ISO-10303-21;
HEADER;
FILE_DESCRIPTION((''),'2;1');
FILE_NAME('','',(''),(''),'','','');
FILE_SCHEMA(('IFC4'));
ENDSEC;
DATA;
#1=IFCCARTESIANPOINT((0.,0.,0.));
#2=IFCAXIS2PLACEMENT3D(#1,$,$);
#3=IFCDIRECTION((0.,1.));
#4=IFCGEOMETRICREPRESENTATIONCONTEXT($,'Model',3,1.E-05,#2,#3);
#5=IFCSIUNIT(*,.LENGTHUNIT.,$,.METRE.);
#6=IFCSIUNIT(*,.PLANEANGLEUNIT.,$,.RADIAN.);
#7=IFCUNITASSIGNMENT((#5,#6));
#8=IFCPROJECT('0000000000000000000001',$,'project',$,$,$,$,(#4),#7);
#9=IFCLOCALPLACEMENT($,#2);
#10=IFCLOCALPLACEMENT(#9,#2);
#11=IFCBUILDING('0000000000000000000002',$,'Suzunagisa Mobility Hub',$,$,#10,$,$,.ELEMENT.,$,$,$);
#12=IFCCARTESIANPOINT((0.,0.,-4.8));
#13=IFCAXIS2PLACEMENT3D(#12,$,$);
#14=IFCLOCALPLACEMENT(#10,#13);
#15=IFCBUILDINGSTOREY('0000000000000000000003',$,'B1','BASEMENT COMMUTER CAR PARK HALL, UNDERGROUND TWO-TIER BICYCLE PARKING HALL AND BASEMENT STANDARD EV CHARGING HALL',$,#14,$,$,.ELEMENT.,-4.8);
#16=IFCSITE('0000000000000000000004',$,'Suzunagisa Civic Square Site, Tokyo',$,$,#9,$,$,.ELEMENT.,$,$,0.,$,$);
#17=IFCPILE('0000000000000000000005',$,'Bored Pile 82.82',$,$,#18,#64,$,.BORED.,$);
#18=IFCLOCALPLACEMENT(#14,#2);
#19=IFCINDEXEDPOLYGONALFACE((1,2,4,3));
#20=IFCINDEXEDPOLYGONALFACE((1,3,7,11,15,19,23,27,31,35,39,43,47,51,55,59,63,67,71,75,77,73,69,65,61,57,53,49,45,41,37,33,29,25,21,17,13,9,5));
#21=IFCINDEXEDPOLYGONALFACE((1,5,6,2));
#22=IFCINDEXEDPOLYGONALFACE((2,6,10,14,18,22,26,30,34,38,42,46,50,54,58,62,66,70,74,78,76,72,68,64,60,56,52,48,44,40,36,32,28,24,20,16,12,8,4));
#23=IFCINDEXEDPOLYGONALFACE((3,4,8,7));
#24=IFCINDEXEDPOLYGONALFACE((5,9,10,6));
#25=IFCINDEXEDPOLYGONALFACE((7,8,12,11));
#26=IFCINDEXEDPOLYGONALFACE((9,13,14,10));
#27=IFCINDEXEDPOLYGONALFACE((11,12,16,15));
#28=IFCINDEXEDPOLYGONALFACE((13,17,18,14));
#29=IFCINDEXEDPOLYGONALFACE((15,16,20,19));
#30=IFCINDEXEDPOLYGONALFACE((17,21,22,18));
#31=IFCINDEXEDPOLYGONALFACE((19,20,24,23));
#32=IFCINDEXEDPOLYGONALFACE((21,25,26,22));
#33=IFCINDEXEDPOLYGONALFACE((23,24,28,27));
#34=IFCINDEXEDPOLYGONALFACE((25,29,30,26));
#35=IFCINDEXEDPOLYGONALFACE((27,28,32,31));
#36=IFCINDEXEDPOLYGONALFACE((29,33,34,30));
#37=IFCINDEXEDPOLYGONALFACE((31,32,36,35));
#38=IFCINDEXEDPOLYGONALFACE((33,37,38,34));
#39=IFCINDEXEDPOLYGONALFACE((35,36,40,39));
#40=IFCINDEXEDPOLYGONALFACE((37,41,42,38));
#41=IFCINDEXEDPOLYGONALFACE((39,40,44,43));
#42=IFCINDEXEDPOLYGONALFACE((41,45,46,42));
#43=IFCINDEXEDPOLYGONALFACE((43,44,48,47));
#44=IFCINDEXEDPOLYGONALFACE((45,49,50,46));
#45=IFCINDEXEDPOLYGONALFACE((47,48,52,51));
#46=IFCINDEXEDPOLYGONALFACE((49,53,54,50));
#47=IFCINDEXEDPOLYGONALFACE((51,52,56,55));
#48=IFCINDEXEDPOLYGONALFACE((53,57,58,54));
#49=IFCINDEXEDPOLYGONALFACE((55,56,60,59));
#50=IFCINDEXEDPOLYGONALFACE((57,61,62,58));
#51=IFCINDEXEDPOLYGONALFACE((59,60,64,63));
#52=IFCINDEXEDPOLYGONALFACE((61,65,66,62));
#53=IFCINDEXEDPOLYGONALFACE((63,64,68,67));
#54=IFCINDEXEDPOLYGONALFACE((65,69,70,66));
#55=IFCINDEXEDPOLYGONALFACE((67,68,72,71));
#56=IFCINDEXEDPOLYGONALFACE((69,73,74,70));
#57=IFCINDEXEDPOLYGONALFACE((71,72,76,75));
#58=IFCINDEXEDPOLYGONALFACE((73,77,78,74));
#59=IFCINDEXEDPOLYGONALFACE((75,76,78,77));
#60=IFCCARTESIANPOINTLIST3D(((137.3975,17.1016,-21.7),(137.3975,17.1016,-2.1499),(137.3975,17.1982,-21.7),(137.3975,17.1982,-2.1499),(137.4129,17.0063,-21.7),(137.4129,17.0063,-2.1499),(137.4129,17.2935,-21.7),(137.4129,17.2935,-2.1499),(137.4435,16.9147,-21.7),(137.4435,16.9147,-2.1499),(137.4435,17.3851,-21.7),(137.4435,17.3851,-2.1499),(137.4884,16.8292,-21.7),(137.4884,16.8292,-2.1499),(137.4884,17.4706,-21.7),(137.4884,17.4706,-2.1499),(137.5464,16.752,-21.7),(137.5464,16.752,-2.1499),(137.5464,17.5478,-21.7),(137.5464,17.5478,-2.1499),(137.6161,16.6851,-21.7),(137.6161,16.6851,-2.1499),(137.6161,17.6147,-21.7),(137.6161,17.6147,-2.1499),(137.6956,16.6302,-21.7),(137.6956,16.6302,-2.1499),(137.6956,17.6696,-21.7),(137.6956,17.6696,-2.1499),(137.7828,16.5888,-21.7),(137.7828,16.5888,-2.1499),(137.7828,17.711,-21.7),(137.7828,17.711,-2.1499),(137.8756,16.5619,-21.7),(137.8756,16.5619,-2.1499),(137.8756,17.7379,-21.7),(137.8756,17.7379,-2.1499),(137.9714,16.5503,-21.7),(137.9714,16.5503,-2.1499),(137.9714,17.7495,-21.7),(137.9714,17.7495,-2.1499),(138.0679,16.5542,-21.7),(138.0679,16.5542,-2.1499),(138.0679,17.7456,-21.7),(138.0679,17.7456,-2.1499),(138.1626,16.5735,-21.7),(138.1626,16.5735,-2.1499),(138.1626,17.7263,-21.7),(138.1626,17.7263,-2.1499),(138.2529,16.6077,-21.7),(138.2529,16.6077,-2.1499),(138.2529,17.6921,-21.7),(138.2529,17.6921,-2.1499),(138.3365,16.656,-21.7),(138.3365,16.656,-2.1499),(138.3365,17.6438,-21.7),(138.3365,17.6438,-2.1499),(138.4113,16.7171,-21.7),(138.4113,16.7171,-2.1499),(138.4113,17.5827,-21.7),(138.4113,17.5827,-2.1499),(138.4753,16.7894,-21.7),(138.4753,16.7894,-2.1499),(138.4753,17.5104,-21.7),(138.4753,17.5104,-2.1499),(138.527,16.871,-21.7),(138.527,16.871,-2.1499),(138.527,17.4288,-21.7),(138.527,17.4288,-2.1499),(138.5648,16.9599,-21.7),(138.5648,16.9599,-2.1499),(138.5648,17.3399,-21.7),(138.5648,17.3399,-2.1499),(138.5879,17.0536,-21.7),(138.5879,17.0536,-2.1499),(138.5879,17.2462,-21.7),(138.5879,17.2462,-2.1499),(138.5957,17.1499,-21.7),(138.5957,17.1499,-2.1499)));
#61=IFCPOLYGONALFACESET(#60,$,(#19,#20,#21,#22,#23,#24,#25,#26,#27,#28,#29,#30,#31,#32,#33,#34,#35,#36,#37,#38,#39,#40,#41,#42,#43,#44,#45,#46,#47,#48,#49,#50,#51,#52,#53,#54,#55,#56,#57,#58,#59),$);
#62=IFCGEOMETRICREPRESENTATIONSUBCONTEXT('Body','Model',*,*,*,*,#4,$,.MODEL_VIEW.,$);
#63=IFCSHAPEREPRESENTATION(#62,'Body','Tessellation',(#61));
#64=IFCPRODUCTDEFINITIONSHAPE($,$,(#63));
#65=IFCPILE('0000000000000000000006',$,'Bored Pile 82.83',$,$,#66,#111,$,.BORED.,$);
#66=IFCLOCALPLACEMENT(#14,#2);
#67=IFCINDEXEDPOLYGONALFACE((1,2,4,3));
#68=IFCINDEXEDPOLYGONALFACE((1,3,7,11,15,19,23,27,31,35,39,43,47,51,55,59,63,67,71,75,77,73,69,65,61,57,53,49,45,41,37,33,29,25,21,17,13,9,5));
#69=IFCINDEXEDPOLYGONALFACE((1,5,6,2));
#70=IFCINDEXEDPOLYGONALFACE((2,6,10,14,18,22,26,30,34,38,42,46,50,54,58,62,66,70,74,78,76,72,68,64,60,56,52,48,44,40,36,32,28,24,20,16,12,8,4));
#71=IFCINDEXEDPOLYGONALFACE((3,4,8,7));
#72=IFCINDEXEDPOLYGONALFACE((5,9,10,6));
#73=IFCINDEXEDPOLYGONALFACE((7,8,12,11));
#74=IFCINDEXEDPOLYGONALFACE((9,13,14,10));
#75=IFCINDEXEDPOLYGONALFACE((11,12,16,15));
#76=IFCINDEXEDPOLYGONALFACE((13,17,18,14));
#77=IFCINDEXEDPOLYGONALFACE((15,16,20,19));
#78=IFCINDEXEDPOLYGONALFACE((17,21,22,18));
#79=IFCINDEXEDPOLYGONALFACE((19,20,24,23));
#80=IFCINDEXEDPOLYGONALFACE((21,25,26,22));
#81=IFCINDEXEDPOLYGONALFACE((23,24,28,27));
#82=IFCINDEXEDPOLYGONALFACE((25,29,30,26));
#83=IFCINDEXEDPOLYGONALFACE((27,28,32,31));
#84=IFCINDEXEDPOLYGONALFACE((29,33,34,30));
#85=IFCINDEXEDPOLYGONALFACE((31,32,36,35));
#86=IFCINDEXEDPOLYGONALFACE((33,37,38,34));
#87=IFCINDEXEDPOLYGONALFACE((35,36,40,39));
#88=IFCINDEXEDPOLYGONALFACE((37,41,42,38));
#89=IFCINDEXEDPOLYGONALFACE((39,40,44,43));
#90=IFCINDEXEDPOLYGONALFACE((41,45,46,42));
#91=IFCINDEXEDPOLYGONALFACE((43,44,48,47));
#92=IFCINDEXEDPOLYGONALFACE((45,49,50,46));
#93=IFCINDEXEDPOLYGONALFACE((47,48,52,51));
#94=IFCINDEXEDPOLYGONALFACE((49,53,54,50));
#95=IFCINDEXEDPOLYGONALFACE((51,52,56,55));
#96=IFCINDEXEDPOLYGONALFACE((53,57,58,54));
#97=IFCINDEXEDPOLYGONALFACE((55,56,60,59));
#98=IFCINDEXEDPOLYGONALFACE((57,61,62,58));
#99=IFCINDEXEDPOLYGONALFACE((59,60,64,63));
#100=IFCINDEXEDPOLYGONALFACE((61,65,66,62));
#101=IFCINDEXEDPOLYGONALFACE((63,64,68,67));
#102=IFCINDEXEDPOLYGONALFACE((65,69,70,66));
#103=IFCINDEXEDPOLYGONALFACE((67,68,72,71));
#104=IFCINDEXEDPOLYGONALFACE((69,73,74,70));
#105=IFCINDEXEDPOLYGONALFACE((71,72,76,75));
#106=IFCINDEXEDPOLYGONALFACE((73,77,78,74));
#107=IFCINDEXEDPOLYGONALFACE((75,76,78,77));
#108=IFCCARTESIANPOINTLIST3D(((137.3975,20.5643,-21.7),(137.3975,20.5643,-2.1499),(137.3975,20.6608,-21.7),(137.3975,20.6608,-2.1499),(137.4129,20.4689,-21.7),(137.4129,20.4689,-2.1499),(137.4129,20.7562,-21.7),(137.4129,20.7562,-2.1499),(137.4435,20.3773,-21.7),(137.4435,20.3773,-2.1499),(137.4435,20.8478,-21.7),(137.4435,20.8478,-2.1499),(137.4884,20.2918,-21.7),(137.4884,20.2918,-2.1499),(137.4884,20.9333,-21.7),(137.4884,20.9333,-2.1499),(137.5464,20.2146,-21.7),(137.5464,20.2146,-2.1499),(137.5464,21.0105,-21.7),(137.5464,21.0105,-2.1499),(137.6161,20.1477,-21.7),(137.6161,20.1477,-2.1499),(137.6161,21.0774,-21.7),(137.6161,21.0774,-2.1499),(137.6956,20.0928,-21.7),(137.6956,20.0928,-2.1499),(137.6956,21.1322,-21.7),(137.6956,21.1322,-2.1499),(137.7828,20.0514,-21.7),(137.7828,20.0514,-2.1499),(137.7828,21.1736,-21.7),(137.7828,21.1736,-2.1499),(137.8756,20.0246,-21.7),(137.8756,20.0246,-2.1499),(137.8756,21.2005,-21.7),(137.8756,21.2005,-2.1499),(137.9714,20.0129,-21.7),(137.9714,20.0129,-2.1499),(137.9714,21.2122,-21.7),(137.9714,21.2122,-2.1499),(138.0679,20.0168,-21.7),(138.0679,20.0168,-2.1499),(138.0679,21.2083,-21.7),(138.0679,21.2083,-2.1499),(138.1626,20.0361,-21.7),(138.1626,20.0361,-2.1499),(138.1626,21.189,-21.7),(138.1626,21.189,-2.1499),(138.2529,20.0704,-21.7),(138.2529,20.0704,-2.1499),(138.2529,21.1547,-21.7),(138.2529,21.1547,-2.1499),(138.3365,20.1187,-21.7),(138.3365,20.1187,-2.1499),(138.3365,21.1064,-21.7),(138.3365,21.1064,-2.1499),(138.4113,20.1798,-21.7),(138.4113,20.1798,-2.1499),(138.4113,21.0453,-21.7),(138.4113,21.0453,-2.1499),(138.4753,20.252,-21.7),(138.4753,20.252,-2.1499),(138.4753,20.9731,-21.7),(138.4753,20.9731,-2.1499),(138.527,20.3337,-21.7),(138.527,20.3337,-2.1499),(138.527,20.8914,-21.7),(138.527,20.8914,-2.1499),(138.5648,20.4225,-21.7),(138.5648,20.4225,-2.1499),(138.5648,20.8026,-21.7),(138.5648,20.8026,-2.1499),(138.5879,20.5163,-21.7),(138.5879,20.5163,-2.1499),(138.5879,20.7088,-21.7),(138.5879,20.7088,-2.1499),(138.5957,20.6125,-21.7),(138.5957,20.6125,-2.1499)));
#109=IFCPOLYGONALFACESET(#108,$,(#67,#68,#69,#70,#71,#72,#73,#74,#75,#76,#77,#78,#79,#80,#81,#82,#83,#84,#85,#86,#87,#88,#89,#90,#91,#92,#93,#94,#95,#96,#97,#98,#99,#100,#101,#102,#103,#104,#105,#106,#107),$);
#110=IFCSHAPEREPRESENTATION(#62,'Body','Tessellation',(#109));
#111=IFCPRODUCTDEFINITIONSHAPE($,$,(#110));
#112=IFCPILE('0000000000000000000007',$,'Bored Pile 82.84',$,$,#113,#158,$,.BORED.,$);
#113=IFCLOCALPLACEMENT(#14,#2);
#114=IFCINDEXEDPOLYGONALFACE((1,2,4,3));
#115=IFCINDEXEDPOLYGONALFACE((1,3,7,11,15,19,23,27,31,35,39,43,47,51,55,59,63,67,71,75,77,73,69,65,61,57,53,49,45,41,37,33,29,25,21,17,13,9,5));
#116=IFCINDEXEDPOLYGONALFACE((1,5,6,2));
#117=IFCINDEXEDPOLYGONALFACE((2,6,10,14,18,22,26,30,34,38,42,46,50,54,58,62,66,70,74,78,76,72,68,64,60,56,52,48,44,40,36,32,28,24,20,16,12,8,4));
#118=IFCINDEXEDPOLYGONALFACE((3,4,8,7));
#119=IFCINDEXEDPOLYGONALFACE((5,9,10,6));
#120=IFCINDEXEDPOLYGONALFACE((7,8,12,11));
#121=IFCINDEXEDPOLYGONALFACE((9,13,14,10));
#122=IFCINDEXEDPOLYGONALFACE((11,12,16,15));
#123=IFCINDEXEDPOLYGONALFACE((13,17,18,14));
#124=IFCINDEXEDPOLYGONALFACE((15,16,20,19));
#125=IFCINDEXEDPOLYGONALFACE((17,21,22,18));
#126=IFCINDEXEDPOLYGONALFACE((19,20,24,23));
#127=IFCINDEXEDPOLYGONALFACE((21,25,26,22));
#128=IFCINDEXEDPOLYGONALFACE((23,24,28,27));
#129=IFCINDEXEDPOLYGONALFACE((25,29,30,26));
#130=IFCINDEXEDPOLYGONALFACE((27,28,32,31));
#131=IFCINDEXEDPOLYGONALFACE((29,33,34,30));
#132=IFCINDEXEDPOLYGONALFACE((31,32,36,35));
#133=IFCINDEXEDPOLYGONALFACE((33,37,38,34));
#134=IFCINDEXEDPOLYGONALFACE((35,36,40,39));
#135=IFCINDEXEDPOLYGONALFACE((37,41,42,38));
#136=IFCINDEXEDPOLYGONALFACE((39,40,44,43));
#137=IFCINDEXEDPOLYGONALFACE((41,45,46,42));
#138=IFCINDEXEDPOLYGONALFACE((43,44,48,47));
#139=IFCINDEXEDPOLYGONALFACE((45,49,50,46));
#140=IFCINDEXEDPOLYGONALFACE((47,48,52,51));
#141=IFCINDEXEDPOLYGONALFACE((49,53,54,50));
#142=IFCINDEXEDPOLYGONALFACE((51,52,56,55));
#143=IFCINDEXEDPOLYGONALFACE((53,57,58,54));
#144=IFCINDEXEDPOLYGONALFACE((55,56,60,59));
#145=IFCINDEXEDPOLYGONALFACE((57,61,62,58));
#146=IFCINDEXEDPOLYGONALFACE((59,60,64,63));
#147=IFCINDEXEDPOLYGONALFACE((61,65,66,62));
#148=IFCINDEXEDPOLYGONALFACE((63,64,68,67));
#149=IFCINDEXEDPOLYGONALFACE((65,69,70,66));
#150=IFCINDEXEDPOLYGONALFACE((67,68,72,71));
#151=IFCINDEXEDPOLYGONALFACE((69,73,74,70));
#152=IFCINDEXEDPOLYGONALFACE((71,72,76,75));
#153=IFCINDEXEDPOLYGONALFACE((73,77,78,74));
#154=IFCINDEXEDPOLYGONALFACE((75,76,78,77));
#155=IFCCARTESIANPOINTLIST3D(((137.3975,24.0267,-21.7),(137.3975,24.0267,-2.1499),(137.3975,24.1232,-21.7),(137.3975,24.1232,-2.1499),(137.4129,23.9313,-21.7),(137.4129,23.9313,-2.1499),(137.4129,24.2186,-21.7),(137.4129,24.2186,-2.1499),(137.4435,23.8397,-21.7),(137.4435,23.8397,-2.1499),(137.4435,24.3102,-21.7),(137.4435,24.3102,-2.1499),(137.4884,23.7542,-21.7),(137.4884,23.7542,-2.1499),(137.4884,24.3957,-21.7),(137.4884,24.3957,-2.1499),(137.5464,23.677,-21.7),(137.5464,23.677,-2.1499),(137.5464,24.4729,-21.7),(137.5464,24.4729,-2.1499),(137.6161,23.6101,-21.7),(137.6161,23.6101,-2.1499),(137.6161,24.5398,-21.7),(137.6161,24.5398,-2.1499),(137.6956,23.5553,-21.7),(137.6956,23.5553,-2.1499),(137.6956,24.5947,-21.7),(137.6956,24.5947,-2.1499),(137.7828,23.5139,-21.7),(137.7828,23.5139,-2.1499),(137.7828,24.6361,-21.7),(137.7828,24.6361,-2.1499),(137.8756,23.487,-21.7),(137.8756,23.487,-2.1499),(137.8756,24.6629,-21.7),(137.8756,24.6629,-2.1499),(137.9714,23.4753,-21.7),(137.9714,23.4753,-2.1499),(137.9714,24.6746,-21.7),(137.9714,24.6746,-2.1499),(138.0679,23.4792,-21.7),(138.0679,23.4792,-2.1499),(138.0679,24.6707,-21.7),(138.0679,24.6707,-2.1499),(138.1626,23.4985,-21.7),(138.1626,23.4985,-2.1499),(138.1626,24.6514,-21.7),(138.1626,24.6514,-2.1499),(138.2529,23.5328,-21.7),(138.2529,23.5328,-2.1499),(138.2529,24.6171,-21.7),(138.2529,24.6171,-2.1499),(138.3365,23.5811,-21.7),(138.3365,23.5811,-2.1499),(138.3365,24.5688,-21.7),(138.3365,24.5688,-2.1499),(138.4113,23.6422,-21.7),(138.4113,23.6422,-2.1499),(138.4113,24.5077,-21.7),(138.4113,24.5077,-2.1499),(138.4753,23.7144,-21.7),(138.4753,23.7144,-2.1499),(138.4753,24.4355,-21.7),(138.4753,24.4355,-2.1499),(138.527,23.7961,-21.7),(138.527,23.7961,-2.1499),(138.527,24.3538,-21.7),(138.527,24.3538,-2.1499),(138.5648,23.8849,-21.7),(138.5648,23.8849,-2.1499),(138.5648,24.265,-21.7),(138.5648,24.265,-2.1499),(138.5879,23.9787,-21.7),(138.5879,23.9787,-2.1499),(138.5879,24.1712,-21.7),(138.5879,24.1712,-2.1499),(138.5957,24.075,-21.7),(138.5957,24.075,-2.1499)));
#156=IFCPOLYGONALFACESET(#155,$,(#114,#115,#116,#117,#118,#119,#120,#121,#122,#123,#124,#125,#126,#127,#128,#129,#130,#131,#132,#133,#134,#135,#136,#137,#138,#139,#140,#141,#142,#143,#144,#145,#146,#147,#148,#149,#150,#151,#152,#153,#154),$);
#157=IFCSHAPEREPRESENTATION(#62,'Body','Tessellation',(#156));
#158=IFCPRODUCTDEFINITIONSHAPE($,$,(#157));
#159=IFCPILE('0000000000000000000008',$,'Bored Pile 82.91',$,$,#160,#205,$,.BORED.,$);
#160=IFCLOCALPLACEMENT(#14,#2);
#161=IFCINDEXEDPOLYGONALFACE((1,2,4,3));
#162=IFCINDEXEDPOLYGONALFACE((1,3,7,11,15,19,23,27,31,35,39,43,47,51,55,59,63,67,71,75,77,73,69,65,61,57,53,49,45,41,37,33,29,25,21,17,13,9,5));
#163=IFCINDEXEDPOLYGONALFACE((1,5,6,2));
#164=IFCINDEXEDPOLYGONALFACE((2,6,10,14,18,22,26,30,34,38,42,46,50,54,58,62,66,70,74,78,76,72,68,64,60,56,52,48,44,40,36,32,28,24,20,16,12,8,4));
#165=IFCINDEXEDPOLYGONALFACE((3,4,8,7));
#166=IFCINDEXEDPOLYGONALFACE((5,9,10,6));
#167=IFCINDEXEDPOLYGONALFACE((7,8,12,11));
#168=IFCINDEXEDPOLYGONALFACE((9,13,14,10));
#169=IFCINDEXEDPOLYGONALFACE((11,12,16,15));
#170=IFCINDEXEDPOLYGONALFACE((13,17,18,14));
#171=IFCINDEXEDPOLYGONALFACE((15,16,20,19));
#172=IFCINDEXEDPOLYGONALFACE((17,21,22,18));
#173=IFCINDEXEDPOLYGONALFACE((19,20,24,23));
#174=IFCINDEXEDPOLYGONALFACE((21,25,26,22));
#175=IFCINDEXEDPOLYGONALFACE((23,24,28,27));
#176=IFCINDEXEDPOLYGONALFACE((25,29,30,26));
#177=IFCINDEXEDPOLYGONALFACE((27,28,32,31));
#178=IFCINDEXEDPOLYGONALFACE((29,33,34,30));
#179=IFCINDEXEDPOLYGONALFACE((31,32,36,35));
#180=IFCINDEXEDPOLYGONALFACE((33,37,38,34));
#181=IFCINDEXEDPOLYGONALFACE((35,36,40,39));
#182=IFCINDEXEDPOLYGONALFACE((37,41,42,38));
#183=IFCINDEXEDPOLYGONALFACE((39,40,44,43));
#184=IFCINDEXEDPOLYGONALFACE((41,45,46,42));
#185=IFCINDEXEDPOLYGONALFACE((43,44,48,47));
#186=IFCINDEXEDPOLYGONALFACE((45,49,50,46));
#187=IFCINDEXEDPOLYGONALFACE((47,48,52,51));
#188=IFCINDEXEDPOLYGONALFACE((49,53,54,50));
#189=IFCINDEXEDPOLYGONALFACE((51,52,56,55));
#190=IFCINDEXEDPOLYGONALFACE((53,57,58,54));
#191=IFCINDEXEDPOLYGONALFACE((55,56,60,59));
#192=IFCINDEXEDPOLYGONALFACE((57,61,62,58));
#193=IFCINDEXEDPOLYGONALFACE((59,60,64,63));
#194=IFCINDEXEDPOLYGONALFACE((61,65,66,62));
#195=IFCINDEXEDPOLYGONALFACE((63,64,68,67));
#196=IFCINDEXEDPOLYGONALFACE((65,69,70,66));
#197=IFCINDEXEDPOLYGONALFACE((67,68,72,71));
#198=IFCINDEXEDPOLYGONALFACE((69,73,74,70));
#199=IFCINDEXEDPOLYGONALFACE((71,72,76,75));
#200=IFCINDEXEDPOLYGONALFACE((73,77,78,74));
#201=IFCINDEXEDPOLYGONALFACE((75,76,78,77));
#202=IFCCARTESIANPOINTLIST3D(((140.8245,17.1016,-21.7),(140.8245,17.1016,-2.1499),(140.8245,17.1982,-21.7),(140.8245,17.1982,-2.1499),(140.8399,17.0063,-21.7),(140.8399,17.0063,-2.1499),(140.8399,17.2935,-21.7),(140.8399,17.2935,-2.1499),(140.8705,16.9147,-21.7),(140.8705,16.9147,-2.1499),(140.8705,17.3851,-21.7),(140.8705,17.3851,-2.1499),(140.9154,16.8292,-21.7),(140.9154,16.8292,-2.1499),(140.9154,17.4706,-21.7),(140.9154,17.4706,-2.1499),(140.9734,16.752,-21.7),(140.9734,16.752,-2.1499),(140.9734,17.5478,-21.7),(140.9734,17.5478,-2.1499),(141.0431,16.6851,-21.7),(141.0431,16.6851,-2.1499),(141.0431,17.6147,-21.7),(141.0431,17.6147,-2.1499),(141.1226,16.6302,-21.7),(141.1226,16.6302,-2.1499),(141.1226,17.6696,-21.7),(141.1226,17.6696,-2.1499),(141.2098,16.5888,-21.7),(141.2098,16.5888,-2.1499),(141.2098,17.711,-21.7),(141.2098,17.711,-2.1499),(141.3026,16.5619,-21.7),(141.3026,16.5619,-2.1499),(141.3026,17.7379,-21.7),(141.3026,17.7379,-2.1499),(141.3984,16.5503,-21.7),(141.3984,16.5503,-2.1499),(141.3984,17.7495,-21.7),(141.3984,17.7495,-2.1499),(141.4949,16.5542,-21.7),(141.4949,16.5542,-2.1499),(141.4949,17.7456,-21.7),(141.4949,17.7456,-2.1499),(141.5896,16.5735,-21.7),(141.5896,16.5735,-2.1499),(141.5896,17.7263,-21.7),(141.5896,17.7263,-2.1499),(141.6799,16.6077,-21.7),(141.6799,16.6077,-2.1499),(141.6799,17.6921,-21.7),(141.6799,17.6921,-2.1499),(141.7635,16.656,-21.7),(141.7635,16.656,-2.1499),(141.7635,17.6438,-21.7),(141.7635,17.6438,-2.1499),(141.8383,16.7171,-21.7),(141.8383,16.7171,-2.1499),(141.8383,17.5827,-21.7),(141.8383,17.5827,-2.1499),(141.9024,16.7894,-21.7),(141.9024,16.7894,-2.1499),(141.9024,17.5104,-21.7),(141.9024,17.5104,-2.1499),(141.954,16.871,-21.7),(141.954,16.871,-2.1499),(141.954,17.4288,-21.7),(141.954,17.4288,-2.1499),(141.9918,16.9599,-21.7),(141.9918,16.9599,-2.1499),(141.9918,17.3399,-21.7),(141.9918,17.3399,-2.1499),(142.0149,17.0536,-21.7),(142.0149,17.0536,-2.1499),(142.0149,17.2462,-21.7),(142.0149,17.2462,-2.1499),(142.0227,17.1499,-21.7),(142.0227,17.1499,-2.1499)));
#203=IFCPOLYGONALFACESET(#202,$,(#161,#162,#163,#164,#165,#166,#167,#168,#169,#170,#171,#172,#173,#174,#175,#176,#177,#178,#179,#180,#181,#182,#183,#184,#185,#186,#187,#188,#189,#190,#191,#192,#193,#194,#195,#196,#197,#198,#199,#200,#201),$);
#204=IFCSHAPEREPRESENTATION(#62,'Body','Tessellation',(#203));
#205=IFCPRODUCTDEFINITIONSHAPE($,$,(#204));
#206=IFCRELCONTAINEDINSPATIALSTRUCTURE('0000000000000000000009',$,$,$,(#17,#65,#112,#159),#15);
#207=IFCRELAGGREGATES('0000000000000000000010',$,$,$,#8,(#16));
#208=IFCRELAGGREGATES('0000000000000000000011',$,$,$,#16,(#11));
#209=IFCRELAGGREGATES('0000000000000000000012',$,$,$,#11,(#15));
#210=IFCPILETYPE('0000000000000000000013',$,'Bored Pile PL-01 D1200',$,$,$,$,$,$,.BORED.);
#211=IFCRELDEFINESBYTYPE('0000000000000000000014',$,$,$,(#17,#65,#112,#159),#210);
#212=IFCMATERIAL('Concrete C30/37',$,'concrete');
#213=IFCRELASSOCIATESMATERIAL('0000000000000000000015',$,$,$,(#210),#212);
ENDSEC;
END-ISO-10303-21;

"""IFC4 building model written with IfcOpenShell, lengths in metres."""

from ifc_helpers import new_model, si_unit, direction, frame, origin, origin_2d, place, context, subcontext, project, spatial, circle, extrude, material, material_profile, profile_set, type_object, element, save


model = new_model("IFC4")

# Units and contexts
model_context = context("Model", 3, precision=1e-05, world=origin(), true_north=direction((0.0, 1.0)))
body_context = subcontext(model_context, "Body", "Model", "MODEL_VIEW")
ifc_project = project(units=[si_unit("LENGTHUNIT", "METRE"), si_unit("PLANEANGLEUNIT", "RADIAN")], contexts=[model_context])

# Site, building, storey
site_placement = place(None, origin())
site = spatial("IfcSite", under=ifc_project, at=site_placement, Name="Suzunagisa Civic Square Site, Tokyo", CompositionType="ELEMENT", RefElevation=0.0)
building_placement = place(site_placement, origin())
building = spatial("IfcBuilding", under=site, at=building_placement, Name="Suzunagisa Mobility Hub", CompositionType="ELEMENT")
storey_placement = place(building_placement, frame((0.0, 0.0, -4.8)))
storey = spatial("IfcBuildingStorey", under=building, at=storey_placement, Name="B1", Description="BASEMENT COMMUTER CAR PARK HALL, UNDERGROUND TWO-TIER BICYCLE PARKING HALL AND BASEMENT STANDARD EV CHARGING HALL", CompositionType="ELEMENT", Elevation=-4.8)

# Piles
ifc_material_1 = material(Name="Concrete C30/37", Category="concrete")
ifc_material_profile_1 = material_profile(ifc_material_1, circle(Radius=0.6001, at=origin_2d()), Name="BORED PILE D1200")
ifc_profile_set_1 = profile_set([ifc_material_profile_1], Name="Concrete C30/37")
pile_type = type_object("IfcPileType", Name="Bored Pile PL-01 D1200", PredefinedType="BORED", material=ifc_profile_set_1)
for number, where, z_axis, x_axis, name in (
    (1, (137.9956, 17.1499, -2.1499), (0.0, 0.0, -1.0), (1.0, 0.0, 0.0), "Bored Pile 82.82"),
    (2, (137.9956, 20.6125, -2.1499), (0.0, 0.0, -1.0), (1.0, 0.0, 0.0), "Bored Pile 82.83"),
    (3, (137.9956, 24.075, -2.1499), (0.0, 0.0, -1.0), (1.0, 0.0, 0.0), "Bored Pile 82.84"),
    (4, (141.4226, 17.1499, -2.1499), (0.0, 0.0, -1.0), (1.0, 0.0, 0.0), "Bored Pile 82.91"),
):
    element("IfcPile", number, at=place(storey_placement, frame(where, z_axis=z_axis, x_axis=x_axis)), inside=storey, type_object=pile_type, Name=name, PredefinedType="BORED", context=body_context, shape_type="SweptSolid", body=[
        extrude(circle(Radius=0.6001, at=origin_2d()), origin(), (0.0, 0.0, 1.0), 19.55),
    ])

save(model, "model.ifc")
